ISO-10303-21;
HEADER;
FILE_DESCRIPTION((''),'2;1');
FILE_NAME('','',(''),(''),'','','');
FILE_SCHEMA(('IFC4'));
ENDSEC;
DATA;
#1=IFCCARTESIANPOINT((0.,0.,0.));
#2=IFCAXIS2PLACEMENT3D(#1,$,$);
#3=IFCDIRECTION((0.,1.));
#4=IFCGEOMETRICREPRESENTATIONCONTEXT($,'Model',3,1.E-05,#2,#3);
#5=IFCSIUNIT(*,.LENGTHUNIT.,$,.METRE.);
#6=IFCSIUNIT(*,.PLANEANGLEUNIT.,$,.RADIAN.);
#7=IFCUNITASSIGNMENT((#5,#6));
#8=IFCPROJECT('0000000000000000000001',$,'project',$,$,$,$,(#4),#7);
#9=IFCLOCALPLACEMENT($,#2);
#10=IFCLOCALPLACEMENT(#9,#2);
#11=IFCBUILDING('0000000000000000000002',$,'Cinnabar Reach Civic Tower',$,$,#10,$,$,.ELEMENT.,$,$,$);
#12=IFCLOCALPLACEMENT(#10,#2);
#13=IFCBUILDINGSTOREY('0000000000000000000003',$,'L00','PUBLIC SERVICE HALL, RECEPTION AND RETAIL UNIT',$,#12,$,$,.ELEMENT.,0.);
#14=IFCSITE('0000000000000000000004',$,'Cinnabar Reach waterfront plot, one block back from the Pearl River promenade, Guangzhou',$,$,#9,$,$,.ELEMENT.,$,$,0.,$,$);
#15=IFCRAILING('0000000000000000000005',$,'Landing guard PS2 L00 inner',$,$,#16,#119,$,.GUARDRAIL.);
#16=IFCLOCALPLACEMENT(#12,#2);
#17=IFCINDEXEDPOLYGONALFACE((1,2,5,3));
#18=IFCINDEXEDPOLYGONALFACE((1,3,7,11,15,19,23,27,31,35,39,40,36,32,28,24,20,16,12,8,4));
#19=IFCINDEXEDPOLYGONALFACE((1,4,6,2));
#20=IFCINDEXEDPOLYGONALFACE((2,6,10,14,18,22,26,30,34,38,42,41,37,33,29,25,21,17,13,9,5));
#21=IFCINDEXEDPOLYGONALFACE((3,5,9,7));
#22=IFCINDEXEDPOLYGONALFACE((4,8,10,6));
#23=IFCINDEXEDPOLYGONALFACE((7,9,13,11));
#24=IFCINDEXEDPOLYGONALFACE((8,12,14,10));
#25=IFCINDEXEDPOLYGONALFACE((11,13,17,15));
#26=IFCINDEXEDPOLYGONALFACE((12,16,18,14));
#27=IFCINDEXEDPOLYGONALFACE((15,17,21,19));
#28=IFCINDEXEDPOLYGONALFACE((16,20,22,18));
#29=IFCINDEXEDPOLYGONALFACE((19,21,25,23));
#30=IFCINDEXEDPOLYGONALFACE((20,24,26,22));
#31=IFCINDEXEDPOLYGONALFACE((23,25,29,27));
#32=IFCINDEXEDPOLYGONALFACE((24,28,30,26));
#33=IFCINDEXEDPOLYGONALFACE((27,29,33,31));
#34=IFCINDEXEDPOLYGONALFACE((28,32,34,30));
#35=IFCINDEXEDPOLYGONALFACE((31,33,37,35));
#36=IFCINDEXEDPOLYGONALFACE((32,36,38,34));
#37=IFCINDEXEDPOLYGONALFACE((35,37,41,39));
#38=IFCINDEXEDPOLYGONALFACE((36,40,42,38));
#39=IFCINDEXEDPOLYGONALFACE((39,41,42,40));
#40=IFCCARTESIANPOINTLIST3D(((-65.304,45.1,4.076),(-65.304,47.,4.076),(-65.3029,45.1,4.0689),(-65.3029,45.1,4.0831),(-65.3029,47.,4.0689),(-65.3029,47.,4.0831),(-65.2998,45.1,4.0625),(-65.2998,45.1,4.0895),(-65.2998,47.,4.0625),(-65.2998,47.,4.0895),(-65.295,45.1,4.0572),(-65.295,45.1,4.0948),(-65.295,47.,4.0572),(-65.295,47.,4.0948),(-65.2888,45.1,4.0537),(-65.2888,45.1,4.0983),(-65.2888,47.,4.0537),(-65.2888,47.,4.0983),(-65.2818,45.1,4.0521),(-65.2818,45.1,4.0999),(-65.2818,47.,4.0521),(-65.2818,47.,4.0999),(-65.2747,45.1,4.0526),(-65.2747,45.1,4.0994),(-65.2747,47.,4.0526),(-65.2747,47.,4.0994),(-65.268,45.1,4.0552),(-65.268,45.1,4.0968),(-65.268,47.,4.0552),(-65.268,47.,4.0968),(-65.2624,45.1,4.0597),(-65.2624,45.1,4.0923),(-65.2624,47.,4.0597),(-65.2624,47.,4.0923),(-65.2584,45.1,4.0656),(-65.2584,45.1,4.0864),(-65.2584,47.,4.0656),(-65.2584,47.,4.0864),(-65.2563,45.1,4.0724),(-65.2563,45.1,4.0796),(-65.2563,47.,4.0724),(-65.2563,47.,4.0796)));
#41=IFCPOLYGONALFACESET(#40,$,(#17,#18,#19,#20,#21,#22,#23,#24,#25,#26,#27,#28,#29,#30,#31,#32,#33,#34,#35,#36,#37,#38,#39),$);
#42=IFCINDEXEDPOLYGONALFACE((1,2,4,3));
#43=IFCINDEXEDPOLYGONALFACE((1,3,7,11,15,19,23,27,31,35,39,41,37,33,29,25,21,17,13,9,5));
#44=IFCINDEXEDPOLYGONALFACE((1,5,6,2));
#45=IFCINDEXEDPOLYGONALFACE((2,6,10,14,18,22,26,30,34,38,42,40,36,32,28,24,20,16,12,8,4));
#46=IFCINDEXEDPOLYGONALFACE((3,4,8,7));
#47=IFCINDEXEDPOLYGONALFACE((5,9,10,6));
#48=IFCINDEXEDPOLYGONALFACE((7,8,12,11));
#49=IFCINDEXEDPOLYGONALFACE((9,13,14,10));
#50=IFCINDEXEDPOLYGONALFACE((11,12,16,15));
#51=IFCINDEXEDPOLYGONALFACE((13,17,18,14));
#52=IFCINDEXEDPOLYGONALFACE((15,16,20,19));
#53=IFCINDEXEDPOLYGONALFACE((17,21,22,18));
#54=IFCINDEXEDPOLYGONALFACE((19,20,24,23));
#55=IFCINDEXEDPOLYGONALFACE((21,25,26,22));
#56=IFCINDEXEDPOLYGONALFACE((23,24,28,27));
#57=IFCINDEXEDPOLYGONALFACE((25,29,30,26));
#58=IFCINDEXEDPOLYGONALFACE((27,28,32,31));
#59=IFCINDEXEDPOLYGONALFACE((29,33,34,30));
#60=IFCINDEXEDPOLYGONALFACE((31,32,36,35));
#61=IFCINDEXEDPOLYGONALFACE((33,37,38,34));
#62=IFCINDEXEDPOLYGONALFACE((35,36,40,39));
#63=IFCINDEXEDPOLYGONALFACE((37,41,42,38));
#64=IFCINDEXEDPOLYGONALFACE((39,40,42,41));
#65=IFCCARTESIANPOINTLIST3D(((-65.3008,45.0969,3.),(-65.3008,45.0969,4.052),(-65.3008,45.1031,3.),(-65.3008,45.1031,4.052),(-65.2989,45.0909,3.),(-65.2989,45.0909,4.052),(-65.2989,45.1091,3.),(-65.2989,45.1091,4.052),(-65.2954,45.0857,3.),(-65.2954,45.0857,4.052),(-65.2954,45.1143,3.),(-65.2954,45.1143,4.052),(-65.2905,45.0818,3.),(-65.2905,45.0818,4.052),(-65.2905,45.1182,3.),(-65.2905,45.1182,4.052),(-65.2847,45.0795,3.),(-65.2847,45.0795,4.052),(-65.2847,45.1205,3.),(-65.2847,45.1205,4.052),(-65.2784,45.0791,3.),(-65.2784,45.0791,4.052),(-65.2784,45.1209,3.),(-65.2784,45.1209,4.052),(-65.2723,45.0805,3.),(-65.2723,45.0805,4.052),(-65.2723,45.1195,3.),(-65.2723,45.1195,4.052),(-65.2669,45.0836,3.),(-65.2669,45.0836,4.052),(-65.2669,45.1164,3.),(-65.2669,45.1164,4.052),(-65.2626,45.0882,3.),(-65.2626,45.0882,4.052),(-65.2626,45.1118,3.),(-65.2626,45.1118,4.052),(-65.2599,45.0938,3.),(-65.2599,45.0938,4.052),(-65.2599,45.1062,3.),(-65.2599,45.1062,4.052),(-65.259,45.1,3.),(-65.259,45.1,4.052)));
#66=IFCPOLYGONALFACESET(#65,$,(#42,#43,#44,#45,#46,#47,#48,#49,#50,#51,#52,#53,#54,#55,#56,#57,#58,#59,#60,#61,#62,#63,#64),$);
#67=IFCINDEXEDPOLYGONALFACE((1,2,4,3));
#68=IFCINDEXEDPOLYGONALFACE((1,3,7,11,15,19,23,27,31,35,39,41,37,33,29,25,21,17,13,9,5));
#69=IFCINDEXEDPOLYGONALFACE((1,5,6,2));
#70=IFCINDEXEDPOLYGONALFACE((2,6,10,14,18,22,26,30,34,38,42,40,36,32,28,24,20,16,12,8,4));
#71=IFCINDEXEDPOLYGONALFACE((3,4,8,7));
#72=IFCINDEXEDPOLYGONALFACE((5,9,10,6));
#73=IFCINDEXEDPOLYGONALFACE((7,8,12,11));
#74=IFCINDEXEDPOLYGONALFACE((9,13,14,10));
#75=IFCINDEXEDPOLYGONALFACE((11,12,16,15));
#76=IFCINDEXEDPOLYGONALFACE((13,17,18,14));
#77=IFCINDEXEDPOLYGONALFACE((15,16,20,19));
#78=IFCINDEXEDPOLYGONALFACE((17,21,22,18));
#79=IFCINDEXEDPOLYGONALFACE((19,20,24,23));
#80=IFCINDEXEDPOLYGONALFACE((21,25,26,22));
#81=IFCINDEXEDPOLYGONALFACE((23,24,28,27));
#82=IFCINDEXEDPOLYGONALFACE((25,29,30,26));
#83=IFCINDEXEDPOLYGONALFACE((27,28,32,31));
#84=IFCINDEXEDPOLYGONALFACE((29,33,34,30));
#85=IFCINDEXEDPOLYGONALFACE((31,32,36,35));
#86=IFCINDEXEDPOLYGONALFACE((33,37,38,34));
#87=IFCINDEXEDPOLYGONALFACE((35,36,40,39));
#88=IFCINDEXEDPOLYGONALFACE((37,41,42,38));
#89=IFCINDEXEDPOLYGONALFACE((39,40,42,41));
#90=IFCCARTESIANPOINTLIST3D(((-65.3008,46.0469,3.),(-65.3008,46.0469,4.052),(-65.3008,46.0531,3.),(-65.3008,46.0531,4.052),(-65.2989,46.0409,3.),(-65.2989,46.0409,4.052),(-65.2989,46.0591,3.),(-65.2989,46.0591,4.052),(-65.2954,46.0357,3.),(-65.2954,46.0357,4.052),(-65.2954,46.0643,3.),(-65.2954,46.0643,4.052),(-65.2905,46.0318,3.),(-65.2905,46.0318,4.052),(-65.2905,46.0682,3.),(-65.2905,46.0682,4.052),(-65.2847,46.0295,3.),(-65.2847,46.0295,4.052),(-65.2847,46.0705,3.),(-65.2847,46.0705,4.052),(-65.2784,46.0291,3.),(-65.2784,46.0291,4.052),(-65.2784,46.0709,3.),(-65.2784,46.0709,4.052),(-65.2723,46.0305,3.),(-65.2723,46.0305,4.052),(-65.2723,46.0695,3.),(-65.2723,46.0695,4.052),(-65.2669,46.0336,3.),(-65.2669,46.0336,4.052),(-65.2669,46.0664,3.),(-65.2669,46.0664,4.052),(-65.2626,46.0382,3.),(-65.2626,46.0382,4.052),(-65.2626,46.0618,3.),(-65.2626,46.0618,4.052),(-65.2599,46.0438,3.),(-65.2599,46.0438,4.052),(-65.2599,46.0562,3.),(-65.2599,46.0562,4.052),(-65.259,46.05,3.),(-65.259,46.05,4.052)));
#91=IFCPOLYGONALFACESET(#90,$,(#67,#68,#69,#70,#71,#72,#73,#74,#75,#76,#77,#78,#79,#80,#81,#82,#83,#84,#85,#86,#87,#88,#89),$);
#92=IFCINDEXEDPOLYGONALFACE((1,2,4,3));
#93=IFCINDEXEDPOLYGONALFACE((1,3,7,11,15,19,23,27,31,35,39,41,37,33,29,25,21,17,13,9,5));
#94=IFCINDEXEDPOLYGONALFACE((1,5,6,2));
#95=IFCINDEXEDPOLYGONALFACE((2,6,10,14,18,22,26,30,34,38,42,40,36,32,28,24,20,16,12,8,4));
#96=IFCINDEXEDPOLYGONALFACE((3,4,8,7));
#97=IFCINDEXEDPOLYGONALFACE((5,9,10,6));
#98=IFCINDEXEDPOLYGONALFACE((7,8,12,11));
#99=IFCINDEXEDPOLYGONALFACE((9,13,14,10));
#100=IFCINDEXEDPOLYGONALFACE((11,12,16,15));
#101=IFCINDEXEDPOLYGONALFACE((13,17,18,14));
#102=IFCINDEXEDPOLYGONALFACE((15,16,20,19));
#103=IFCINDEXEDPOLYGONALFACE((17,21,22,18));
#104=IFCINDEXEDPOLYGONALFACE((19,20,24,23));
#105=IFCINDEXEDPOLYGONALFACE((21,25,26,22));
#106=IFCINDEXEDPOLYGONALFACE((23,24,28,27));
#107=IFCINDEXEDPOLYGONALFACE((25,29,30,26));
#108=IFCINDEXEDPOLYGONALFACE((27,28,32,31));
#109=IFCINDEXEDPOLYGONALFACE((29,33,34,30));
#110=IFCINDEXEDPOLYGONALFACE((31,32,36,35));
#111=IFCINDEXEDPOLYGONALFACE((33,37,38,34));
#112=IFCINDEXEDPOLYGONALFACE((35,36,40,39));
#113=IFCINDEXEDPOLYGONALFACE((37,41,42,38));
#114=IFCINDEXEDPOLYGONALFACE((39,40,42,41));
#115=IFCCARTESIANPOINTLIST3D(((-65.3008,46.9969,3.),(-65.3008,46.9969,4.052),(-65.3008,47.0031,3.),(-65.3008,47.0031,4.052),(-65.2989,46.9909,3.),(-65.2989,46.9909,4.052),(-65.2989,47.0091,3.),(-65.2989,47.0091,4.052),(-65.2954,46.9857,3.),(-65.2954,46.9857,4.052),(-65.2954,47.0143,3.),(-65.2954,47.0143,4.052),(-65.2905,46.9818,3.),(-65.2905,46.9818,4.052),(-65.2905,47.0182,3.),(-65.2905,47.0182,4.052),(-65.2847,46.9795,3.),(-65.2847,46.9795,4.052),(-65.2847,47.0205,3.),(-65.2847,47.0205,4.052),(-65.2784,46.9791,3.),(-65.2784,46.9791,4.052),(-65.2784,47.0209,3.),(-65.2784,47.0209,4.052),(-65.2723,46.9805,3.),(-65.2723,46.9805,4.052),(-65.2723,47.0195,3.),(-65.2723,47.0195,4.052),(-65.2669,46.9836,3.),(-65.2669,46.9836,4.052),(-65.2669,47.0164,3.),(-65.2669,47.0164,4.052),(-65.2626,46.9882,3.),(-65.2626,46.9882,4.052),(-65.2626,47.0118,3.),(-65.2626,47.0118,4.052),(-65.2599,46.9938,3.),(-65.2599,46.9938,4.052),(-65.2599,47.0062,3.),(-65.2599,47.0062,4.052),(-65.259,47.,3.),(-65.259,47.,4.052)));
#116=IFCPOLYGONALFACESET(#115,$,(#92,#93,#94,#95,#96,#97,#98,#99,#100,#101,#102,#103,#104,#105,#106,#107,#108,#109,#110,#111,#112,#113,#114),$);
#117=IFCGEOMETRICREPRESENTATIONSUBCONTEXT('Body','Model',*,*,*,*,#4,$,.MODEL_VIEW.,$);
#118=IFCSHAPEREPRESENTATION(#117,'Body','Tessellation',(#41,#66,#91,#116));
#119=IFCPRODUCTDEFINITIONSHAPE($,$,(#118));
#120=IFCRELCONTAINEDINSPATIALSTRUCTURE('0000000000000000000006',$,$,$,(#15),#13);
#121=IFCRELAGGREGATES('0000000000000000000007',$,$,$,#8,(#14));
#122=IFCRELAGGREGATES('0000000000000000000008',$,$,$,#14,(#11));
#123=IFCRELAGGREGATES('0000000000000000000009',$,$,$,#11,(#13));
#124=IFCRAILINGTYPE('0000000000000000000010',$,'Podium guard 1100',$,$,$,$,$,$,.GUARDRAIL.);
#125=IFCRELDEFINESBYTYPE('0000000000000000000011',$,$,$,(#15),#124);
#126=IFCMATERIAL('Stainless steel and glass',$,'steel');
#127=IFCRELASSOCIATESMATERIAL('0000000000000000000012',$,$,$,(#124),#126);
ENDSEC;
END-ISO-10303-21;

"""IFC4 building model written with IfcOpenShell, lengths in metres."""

from ifc_helpers import new_model, si_unit, direction, frame, origin, origin_2d, place, context, subcontext, project, spatial, circle, extrude, material, type_object, element, save


model = new_model("IFC4")

# Units and contexts
model_context = context("Model", 3, precision=1e-05, world=origin(), true_north=direction((0.0, 1.0)))
body_context = subcontext(model_context, "Body", "Model", "MODEL_VIEW")
ifc_project = project(units=[si_unit("LENGTHUNIT", "METRE"), si_unit("PLANEANGLEUNIT", "RADIAN")], contexts=[model_context])

# Site, building, storey
site_placement = place(None, origin())
site = spatial("IfcSite", under=ifc_project, at=site_placement, Name="Cinnabar Reach waterfront plot, one block back from the Pearl River promenade, Guangzhou", CompositionType="ELEMENT", RefElevation=0.0)
building_placement = place(site_placement, origin())
building = spatial("IfcBuilding", under=site, at=building_placement, Name="Cinnabar Reach Civic Tower", CompositionType="ELEMENT")
storey_placement = place(building_placement, origin())
storey = spatial("IfcBuildingStorey", under=building, at=storey_placement, Name="L00", Description="PUBLIC SERVICE HALL, RECEPTION AND RETAIL UNIT", CompositionType="ELEMENT", Elevation=0.0)

# Railing
ifc_material_1 = material(Name="Stainless steel and glass", Category="steel")
railing_type_1 = type_object("IfcRailingType", Name="Podium guard 1100", PredefinedType="GUARDRAIL", material=ifc_material_1)
railing_1_placement = place(storey_placement, frame((-65.28, 45.1, 3.0)))
element("IfcRailing", 1, at=railing_1_placement, inside=storey, type_object=railing_type_1, Name="Landing guard PS2 L00 inner", PredefinedType="GUARDRAIL", context=body_context, shape_type="SweptSolid", body=[
    extrude(circle(Radius=0.024, at=origin_2d()), frame((0.0, 0.0, 1.076), z_axis=(0.0, 1.0, 0.0), x_axis=(-1.0, 0.0, 0.0)), (0.0, 0.0, 1.0), 1.9),
    extrude(circle(Radius=0.021, at=origin_2d()), origin(), (0.0, 0.0, 1.0), 1.052),
    extrude(circle(Radius=0.021, at=origin_2d()), frame((0.0, 0.95, 0.0)), (0.0, 0.0, 1.0), 1.052),
    extrude(circle(Radius=0.021, at=origin_2d()), frame((0.0, 1.9, 0.0)), (0.0, 0.0, 1.0), 1.052),
])

save(model, "model.ifc")
